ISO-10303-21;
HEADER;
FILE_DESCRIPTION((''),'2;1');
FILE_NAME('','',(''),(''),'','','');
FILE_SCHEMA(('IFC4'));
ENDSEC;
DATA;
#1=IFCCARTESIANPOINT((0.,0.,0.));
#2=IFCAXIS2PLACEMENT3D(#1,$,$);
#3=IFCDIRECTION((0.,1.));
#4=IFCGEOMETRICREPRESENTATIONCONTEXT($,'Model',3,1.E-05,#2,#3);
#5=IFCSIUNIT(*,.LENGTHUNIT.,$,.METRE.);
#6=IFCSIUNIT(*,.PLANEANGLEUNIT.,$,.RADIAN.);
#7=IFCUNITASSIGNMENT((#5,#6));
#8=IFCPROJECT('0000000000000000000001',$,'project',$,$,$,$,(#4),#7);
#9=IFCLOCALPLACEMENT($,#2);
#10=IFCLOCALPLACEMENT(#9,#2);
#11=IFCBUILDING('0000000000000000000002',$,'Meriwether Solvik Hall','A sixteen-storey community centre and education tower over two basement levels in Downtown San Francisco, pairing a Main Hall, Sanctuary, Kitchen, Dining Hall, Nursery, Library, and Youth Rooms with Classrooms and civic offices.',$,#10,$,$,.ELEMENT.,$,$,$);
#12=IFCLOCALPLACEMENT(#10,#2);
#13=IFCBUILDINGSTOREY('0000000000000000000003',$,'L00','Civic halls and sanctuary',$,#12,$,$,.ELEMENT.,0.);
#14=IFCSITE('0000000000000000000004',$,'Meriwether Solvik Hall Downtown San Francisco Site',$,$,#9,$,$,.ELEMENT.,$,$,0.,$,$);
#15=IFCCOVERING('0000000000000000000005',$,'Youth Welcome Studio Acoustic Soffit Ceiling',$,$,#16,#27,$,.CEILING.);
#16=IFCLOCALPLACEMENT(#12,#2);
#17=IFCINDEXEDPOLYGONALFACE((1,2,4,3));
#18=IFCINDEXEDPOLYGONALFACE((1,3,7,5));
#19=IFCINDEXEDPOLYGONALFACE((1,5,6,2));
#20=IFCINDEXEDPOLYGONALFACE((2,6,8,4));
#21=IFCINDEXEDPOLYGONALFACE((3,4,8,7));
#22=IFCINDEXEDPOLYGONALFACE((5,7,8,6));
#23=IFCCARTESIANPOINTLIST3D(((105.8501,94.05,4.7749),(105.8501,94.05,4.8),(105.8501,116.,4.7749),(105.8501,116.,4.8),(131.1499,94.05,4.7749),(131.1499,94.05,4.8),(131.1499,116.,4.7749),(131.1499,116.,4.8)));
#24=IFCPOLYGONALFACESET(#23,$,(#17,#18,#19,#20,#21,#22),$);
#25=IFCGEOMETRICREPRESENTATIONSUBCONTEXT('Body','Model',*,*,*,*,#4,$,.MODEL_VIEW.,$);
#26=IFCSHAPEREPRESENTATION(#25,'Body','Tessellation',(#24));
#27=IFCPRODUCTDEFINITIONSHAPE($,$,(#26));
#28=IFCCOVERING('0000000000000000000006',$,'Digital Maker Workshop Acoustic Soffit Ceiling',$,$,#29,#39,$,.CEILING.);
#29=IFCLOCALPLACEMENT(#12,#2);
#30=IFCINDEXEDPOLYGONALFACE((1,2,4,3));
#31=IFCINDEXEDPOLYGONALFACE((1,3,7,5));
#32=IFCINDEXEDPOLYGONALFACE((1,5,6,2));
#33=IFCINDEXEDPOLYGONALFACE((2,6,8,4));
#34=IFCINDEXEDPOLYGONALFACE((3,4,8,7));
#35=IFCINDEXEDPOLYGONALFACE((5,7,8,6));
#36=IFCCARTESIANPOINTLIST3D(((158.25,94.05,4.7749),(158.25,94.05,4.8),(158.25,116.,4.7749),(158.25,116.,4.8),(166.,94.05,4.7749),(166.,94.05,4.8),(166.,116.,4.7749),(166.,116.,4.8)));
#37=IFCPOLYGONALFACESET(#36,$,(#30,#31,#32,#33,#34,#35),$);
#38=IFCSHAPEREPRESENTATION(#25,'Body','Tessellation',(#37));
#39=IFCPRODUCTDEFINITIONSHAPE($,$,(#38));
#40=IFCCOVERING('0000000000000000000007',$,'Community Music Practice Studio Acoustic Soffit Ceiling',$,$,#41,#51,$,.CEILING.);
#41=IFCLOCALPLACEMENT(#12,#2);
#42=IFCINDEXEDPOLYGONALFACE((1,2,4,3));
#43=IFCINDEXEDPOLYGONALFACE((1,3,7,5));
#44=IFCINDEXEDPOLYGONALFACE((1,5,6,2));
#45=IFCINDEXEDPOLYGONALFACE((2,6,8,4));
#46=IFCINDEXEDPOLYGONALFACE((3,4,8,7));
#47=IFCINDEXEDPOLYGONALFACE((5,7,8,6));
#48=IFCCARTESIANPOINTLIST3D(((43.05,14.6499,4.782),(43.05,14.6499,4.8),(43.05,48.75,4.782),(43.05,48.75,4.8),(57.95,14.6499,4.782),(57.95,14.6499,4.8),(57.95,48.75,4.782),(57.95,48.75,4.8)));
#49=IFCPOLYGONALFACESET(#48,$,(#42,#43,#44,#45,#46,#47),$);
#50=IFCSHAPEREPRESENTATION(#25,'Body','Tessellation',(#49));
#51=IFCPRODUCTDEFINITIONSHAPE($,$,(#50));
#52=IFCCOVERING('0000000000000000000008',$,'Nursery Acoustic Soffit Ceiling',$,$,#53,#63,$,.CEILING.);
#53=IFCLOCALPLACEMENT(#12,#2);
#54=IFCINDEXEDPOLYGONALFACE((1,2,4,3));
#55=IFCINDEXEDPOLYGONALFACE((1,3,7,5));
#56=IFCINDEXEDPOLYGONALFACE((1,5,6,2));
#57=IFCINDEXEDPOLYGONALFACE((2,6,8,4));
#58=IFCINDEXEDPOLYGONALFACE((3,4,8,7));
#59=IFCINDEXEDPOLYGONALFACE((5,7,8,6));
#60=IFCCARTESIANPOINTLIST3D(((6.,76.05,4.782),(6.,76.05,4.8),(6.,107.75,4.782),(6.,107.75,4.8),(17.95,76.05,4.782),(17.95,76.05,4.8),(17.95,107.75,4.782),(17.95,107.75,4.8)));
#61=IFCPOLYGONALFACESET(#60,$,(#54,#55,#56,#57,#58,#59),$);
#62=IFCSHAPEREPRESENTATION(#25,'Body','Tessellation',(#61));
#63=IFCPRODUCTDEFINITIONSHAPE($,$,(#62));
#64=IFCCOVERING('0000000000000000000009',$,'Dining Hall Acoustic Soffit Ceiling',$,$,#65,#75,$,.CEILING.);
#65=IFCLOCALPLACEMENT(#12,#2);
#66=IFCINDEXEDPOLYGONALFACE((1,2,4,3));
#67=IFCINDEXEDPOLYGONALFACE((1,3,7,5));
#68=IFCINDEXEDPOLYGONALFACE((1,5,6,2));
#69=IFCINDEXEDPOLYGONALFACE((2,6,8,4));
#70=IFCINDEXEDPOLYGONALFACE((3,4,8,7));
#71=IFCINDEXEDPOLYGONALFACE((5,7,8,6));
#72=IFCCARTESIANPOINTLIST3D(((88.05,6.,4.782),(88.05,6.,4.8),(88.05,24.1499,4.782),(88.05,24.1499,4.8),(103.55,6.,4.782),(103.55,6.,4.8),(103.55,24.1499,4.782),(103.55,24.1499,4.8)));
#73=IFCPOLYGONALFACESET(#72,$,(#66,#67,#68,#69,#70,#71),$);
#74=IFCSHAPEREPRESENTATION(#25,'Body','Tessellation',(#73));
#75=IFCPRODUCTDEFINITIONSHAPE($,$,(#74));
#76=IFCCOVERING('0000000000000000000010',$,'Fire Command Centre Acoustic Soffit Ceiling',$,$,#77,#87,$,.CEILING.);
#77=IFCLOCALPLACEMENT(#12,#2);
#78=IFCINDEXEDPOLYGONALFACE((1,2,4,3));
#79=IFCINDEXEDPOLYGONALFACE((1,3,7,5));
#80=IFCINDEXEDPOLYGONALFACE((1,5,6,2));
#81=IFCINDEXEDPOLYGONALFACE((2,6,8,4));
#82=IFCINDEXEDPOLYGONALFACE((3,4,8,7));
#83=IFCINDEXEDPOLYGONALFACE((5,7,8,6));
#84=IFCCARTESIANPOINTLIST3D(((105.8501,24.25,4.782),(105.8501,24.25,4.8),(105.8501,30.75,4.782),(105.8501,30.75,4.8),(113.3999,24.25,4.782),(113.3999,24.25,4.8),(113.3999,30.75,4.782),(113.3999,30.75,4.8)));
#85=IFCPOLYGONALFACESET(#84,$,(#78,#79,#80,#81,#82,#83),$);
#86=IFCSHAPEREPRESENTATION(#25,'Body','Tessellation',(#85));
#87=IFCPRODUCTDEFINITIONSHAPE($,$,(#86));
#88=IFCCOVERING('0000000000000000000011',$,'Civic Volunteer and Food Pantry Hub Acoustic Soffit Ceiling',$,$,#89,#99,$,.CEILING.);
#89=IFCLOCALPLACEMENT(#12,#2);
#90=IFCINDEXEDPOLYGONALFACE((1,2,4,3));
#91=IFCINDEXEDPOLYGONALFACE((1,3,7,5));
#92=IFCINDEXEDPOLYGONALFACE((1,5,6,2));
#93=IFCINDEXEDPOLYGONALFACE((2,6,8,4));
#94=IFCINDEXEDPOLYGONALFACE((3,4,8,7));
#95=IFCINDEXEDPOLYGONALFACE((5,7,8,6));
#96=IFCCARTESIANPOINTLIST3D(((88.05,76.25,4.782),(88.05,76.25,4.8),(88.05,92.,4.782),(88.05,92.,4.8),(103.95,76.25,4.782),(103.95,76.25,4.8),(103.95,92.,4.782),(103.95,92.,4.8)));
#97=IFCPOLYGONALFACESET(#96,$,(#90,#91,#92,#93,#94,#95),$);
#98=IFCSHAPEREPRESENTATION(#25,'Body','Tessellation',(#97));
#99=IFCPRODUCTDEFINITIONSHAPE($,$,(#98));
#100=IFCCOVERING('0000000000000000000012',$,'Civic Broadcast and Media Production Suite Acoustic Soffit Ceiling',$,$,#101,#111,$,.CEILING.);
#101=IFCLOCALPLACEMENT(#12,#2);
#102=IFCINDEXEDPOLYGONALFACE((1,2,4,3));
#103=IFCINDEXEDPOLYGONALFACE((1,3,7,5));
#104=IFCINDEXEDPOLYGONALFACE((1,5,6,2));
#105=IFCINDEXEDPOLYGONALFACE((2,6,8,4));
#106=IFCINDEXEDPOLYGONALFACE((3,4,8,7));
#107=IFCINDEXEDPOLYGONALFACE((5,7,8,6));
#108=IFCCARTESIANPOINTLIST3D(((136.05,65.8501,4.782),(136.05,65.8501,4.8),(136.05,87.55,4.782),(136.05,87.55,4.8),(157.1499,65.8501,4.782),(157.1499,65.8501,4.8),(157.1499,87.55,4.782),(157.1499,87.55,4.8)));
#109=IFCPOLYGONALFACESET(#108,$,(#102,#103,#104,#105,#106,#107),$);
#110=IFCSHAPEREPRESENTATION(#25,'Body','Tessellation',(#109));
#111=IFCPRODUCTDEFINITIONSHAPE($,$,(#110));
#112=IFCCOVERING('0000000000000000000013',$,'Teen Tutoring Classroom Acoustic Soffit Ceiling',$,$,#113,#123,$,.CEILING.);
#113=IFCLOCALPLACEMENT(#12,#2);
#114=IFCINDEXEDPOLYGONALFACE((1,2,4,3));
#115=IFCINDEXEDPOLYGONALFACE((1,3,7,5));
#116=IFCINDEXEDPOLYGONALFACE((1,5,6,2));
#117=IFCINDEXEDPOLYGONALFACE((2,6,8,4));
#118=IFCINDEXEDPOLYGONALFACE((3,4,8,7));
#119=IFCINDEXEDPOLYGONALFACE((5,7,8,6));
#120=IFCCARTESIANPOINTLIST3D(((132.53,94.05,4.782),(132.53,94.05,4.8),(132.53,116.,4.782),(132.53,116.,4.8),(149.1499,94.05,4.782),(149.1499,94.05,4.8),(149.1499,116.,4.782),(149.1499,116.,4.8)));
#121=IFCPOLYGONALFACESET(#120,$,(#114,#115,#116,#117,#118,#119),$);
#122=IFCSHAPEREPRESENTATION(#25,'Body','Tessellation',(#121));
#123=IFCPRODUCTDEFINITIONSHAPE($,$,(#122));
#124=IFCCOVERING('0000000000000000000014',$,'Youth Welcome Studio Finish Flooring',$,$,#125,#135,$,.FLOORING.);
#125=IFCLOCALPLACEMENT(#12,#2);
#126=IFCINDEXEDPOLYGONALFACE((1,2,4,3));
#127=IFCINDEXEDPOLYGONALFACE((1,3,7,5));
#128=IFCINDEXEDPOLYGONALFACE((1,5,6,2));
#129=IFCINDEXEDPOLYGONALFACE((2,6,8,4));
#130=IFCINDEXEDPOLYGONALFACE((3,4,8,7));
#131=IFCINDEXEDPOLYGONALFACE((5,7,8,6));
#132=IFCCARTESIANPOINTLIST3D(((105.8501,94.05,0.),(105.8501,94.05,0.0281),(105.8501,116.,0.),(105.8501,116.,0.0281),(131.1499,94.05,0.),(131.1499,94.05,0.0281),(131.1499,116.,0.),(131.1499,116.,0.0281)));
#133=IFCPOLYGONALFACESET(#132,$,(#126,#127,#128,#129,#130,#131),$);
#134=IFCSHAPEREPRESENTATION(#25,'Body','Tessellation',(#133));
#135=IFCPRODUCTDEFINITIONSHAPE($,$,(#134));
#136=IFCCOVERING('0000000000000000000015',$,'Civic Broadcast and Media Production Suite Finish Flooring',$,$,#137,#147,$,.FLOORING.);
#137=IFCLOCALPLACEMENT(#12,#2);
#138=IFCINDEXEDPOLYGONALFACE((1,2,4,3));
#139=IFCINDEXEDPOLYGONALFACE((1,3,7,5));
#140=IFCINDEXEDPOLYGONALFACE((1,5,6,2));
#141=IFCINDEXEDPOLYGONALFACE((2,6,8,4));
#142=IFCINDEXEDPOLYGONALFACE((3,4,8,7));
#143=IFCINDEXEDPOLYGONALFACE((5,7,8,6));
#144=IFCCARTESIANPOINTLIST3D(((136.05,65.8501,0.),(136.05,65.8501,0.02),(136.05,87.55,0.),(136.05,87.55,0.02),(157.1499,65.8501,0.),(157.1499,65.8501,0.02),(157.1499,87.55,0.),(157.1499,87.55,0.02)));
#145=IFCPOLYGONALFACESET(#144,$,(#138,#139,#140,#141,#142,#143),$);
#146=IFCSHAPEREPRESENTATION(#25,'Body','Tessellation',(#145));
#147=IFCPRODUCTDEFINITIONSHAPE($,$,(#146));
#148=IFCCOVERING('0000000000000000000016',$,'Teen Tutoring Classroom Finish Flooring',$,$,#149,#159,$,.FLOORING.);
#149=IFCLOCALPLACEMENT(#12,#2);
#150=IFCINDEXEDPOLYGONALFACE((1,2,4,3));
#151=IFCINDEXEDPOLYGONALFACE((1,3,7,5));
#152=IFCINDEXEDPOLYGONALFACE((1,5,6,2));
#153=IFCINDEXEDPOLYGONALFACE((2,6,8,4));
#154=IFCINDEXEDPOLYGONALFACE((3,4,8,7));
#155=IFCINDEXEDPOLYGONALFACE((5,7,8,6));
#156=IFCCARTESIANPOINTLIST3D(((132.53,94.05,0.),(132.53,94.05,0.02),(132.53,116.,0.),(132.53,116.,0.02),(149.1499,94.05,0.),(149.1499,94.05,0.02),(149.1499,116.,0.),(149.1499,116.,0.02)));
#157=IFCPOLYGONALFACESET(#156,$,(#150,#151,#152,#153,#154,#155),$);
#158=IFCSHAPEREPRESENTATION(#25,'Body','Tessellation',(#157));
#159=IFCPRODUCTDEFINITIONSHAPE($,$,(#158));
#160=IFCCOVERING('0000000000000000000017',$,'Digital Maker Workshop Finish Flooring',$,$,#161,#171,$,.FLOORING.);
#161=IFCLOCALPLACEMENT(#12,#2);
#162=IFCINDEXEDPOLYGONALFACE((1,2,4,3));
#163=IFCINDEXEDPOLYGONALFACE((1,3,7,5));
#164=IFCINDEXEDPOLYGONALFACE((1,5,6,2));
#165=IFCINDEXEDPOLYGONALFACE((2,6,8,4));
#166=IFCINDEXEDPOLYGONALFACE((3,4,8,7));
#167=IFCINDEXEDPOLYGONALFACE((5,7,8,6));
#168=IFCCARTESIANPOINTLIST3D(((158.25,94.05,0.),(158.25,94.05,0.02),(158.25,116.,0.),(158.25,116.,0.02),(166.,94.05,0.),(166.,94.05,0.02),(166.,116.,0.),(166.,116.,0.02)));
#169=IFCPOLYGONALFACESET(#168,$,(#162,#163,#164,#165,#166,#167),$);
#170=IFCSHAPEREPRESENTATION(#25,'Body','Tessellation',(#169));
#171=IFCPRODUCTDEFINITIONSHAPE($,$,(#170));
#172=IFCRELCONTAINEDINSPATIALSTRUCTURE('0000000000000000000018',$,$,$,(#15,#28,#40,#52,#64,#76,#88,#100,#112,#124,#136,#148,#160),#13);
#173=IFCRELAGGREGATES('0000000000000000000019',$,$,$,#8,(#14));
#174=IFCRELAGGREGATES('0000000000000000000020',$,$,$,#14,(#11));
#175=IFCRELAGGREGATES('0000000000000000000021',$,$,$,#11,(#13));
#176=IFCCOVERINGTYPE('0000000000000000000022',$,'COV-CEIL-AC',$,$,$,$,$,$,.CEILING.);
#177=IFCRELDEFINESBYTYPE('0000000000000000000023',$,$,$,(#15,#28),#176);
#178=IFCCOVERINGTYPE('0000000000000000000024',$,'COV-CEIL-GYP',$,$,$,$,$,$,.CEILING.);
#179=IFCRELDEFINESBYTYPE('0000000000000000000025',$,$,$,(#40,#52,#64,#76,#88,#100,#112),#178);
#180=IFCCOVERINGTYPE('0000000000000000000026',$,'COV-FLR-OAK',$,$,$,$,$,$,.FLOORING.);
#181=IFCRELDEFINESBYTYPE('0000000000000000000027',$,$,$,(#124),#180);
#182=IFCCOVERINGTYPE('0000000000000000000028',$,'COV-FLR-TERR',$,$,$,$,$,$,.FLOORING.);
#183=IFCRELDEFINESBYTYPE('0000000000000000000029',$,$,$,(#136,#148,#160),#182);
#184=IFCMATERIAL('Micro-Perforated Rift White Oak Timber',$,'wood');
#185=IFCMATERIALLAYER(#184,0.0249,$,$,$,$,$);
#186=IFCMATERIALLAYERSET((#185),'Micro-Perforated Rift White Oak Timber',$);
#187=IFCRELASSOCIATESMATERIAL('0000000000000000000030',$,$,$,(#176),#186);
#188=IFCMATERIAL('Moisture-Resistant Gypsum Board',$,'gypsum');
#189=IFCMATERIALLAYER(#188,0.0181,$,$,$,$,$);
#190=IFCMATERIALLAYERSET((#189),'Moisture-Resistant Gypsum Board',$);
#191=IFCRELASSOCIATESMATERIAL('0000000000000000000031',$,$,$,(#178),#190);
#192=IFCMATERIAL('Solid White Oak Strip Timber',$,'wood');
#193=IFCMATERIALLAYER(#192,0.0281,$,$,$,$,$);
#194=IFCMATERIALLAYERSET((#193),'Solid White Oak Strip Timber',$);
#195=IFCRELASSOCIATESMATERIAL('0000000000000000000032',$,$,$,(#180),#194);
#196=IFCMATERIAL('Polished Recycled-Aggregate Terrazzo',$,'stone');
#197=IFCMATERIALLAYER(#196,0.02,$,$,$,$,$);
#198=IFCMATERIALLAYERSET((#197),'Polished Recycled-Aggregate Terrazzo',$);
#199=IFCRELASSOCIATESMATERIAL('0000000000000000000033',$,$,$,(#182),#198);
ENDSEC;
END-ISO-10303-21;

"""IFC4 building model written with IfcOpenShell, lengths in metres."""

from ifc_helpers import new_model, si_unit, direction, frame, origin, place, context, subcontext, project, spatial, polyline, outline, extrude, material, layer, layer_set, type_object, element, save


model = new_model("IFC4")

# Units and contexts
model_context = context("Model", 3, precision=1e-05, world=origin(), true_north=direction((0.0, 1.0)))
body_context = subcontext(model_context, "Body", "Model", "MODEL_VIEW")
ifc_project = project(units=[si_unit("LENGTHUNIT", "METRE"), si_unit("PLANEANGLEUNIT", "RADIAN")], contexts=[model_context])

# Site, building, storey
site_placement = place(None, origin())
site = spatial("IfcSite", under=ifc_project, at=site_placement, Name="Meriwether Solvik Hall Downtown San Francisco Site", CompositionType="ELEMENT", RefElevation=0.0)
building_placement = place(site_placement, origin())
building = spatial("IfcBuilding", under=site, at=building_placement, Name="Meriwether Solvik Hall", Description="A sixteen-storey community centre and education tower over two basement levels in Downtown San Francisco, pairing a Main Hall, Sanctuary, Kitchen, Dining Hall, Nursery, Library, and Youth Rooms with Classrooms and civic offices.", CompositionType="ELEMENT")
storey_placement = place(building_placement, origin())
storey = spatial("IfcBuildingStorey", under=building, at=storey_placement, Name="L00", Description="Civic halls and sanctuary", CompositionType="ELEMENT", Elevation=0.0)

# Coverings
ifc_material_1 = material(Name="Micro-Perforated Rift White Oak Timber", Category="wood")
ifc_layer_1 = layer(ifc_material_1, 0.0249)
ifc_layer_set_1 = layer_set([ifc_layer_1], Name="Micro-Perforated Rift White Oak Timber")
covering_type_1 = type_object("IfcCoveringType", Name="COV-CEIL-AC", PredefinedType="CEILING", material=ifc_layer_set_1)
covering_1_placement = place(storey_placement, frame((0.0, 0.0, 4.7749)))
element("IfcCovering", 1, at=covering_1_placement, inside=storey, type_object=covering_type_1, Name="Youth Welcome Studio Acoustic Soffit Ceiling", PredefinedType="CEILING", context=body_context, shape_type="SweptSolid", body=[
    extrude(outline(polyline([(105.8501, 94.05), (105.8501, 116.0), (131.1499, 116.0), (131.1499, 94.05), (105.8501, 94.05)])), origin(), (0.0, 0.0, 1.0), 0.0251),
])
covering_2_placement = place(storey_placement, frame((0.0, 0.0, 4.7749)))
element("IfcCovering", 2, at=covering_2_placement, inside=storey, type_object=covering_type_1, Name="Digital Maker Workshop Acoustic Soffit Ceiling", PredefinedType="CEILING", context=body_context, shape_type="SweptSolid", body=[
    extrude(outline(polyline([(158.25, 116.0), (166.0, 116.0), (166.0, 94.05), (158.25, 94.05), (158.25, 116.0)])), origin(), (0.0, 0.0, 1.0), 0.0251),
])
ifc_material_2 = material(Name="Moisture-Resistant Gypsum Board", Category="gypsum")
ifc_layer_2 = layer(ifc_material_2, 0.0181)
ifc_layer_set_2 = layer_set([ifc_layer_2], Name="Moisture-Resistant Gypsum Board")
covering_type_2 = type_object("IfcCoveringType", Name="COV-CEIL-GYP", PredefinedType="CEILING", material=ifc_layer_set_2)
covering_3_placement = place(storey_placement, frame((0.0, 0.0, 4.782)))
element("IfcCovering", 3, at=covering_3_placement, inside=storey, type_object=covering_type_2, Name="Community Music Practice Studio Acoustic Soffit Ceiling", PredefinedType="CEILING", context=body_context, shape_type="SweptSolid", body=[
    extrude(outline(polyline([(57.95, 48.75), (57.95, 14.6499), (43.05, 14.6499), (43.05, 48.75), (57.95, 48.75)])), origin(), (0.0, 0.0, 1.0), 0.0181),
])
covering_4_placement = place(storey_placement, frame((0.0, 0.0, 4.782)))
element("IfcCovering", 4, at=covering_4_placement, inside=storey, type_object=covering_type_2, Name="Nursery Acoustic Soffit Ceiling", PredefinedType="CEILING", context=body_context, shape_type="SweptSolid", body=[
    extrude(outline(polyline([(17.95, 76.05), (6.0, 76.05), (6.0, 107.75), (17.95, 107.75), (17.95, 76.05)])), origin(), (0.0, 0.0, 1.0), 0.0181),
])
covering_5_placement = place(storey_placement, frame((0.0, 0.0, 4.782)))
element("IfcCovering", 5, at=covering_5_placement, inside=storey, type_object=covering_type_2, Name="Dining Hall Acoustic Soffit Ceiling", PredefinedType="CEILING", context=body_context, shape_type="SweptSolid", body=[
    extrude(outline(polyline([(103.55, 24.1499), (103.55, 6.0), (88.05, 6.0), (88.05, 24.1499), (103.55, 24.1499)])), origin(), (0.0, 0.0, 1.0), 0.0181),
])
covering_6_placement = place(storey_placement, frame((0.0, 0.0, 4.782)))
element("IfcCovering", 6, at=covering_6_placement, inside=storey, type_object=covering_type_2, Name="Fire Command Centre Acoustic Soffit Ceiling", PredefinedType="CEILING", context=body_context, shape_type="SweptSolid", body=[
    extrude(outline(polyline([(105.8501, 30.75), (113.3999, 30.75), (113.3999, 24.25), (105.8501, 24.25), (105.8501, 30.75)])), origin(), (0.0, 0.0, 1.0), 0.0181),
])
covering_7_placement = place(storey_placement, frame((0.0, 0.0, 4.782)))
element("IfcCovering", 7, at=covering_7_placement, inside=storey, type_object=covering_type_2, Name="Civic Volunteer and Food Pantry Hub Acoustic Soffit Ceiling", PredefinedType="CEILING", context=body_context, shape_type="SweptSolid", body=[
    extrude(outline(polyline([(88.05, 76.25), (88.05, 92.0), (103.95, 92.0), (103.95, 76.25), (88.05, 76.25)])), origin(), (0.0, 0.0, 1.0), 0.0181),
])
covering_8_placement = place(storey_placement, frame((0.0, 0.0, 4.782)))
element("IfcCovering", 8, at=covering_8_placement, inside=storey, type_object=covering_type_2, Name="Civic Broadcast and Media Production Suite Acoustic Soffit Ceiling", PredefinedType="CEILING", context=body_context, shape_type="SweptSolid", body=[
    extrude(outline(polyline([(157.1499, 87.55), (157.1499, 65.8501), (136.05, 65.8501), (136.05, 87.55), (157.1499, 87.55)])), origin(), (0.0, 0.0, 1.0), 0.0181),
])
covering_9_placement = place(storey_placement, frame((0.0, 0.0, 4.782)))
element("IfcCovering", 9, at=covering_9_placement, inside=storey, type_object=covering_type_2, Name="Teen Tutoring Classroom Acoustic Soffit Ceiling", PredefinedType="CEILING", context=body_context, shape_type="SweptSolid", body=[
    extrude(outline(polyline([(132.53, 94.05), (132.53, 116.0), (149.1499, 116.0), (149.1499, 94.05), (132.53, 94.05)])), origin(), (0.0, 0.0, 1.0), 0.0181),
])
ifc_material_3 = material(Name="Solid White Oak Strip Timber", Category="wood")
ifc_layer_3 = layer(ifc_material_3, 0.0281)
ifc_layer_set_3 = layer_set([ifc_layer_3], Name="Solid White Oak Strip Timber")
covering_type_3 = type_object("IfcCoveringType", Name="COV-FLR-OAK", PredefinedType="FLOORING", material=ifc_layer_set_3)
covering_10_placement = place(storey_placement, origin())
element("IfcCovering", 10, at=covering_10_placement, inside=storey, type_object=covering_type_3, Name="Youth Welcome Studio Finish Flooring", PredefinedType="FLOORING", context=body_context, shape_type="SweptSolid", body=[
    extrude(outline(polyline([(105.8501, 94.05), (105.8501, 116.0), (131.1499, 116.0), (131.1499, 94.05), (105.8501, 94.05)])), origin(), (0.0, 0.0, 1.0), 0.0281),
])
ifc_material_4 = material(Name="Polished Recycled-Aggregate Terrazzo", Category="stone")
ifc_layer_4 = layer(ifc_material_4, 0.02)
ifc_layer_set_4 = layer_set([ifc_layer_4], Name="Polished Recycled-Aggregate Terrazzo")
covering_type_4 = type_object("IfcCoveringType", Name="COV-FLR-TERR", PredefinedType="FLOORING", material=ifc_layer_set_4)
covering_11_placement = place(storey_placement, origin())
element("IfcCovering", 11, at=covering_11_placement, inside=storey, type_object=covering_type_4, Name="Civic Broadcast and Media Production Suite Finish Flooring", PredefinedType="FLOORING", context=body_context, shape_type="SweptSolid", body=[
    extrude(outline(polyline([(157.1499, 87.55), (157.1499, 65.8501), (136.05, 65.8501), (136.05, 87.55), (157.1499, 87.55)])), origin(), (0.0, 0.0, 1.0), 0.02),
])
covering_12_placement = place(storey_placement, origin())
element("IfcCovering", 12, at=covering_12_placement, inside=storey, type_object=covering_type_4, Name="Teen Tutoring Classroom Finish Flooring", PredefinedType="FLOORING", context=body_context, shape_type="SweptSolid", body=[
    extrude(outline(polyline([(132.53, 94.05), (132.53, 116.0), (149.1499, 116.0), (149.1499, 94.05), (132.53, 94.05)])), origin(), (0.0, 0.0, 1.0), 0.02),
])
covering_13_placement = place(storey_placement, origin())
element("IfcCovering", 13, at=covering_13_placement, inside=storey, type_object=covering_type_4, Name="Digital Maker Workshop Finish Flooring", PredefinedType="FLOORING", context=body_context, shape_type="SweptSolid", body=[
    extrude(outline(polyline([(158.25, 116.0), (166.0, 116.0), (166.0, 94.05), (158.25, 94.05), (158.25, 116.0)])), origin(), (0.0, 0.0, 1.0), 0.02),
])

save(model, "model.ifc")
